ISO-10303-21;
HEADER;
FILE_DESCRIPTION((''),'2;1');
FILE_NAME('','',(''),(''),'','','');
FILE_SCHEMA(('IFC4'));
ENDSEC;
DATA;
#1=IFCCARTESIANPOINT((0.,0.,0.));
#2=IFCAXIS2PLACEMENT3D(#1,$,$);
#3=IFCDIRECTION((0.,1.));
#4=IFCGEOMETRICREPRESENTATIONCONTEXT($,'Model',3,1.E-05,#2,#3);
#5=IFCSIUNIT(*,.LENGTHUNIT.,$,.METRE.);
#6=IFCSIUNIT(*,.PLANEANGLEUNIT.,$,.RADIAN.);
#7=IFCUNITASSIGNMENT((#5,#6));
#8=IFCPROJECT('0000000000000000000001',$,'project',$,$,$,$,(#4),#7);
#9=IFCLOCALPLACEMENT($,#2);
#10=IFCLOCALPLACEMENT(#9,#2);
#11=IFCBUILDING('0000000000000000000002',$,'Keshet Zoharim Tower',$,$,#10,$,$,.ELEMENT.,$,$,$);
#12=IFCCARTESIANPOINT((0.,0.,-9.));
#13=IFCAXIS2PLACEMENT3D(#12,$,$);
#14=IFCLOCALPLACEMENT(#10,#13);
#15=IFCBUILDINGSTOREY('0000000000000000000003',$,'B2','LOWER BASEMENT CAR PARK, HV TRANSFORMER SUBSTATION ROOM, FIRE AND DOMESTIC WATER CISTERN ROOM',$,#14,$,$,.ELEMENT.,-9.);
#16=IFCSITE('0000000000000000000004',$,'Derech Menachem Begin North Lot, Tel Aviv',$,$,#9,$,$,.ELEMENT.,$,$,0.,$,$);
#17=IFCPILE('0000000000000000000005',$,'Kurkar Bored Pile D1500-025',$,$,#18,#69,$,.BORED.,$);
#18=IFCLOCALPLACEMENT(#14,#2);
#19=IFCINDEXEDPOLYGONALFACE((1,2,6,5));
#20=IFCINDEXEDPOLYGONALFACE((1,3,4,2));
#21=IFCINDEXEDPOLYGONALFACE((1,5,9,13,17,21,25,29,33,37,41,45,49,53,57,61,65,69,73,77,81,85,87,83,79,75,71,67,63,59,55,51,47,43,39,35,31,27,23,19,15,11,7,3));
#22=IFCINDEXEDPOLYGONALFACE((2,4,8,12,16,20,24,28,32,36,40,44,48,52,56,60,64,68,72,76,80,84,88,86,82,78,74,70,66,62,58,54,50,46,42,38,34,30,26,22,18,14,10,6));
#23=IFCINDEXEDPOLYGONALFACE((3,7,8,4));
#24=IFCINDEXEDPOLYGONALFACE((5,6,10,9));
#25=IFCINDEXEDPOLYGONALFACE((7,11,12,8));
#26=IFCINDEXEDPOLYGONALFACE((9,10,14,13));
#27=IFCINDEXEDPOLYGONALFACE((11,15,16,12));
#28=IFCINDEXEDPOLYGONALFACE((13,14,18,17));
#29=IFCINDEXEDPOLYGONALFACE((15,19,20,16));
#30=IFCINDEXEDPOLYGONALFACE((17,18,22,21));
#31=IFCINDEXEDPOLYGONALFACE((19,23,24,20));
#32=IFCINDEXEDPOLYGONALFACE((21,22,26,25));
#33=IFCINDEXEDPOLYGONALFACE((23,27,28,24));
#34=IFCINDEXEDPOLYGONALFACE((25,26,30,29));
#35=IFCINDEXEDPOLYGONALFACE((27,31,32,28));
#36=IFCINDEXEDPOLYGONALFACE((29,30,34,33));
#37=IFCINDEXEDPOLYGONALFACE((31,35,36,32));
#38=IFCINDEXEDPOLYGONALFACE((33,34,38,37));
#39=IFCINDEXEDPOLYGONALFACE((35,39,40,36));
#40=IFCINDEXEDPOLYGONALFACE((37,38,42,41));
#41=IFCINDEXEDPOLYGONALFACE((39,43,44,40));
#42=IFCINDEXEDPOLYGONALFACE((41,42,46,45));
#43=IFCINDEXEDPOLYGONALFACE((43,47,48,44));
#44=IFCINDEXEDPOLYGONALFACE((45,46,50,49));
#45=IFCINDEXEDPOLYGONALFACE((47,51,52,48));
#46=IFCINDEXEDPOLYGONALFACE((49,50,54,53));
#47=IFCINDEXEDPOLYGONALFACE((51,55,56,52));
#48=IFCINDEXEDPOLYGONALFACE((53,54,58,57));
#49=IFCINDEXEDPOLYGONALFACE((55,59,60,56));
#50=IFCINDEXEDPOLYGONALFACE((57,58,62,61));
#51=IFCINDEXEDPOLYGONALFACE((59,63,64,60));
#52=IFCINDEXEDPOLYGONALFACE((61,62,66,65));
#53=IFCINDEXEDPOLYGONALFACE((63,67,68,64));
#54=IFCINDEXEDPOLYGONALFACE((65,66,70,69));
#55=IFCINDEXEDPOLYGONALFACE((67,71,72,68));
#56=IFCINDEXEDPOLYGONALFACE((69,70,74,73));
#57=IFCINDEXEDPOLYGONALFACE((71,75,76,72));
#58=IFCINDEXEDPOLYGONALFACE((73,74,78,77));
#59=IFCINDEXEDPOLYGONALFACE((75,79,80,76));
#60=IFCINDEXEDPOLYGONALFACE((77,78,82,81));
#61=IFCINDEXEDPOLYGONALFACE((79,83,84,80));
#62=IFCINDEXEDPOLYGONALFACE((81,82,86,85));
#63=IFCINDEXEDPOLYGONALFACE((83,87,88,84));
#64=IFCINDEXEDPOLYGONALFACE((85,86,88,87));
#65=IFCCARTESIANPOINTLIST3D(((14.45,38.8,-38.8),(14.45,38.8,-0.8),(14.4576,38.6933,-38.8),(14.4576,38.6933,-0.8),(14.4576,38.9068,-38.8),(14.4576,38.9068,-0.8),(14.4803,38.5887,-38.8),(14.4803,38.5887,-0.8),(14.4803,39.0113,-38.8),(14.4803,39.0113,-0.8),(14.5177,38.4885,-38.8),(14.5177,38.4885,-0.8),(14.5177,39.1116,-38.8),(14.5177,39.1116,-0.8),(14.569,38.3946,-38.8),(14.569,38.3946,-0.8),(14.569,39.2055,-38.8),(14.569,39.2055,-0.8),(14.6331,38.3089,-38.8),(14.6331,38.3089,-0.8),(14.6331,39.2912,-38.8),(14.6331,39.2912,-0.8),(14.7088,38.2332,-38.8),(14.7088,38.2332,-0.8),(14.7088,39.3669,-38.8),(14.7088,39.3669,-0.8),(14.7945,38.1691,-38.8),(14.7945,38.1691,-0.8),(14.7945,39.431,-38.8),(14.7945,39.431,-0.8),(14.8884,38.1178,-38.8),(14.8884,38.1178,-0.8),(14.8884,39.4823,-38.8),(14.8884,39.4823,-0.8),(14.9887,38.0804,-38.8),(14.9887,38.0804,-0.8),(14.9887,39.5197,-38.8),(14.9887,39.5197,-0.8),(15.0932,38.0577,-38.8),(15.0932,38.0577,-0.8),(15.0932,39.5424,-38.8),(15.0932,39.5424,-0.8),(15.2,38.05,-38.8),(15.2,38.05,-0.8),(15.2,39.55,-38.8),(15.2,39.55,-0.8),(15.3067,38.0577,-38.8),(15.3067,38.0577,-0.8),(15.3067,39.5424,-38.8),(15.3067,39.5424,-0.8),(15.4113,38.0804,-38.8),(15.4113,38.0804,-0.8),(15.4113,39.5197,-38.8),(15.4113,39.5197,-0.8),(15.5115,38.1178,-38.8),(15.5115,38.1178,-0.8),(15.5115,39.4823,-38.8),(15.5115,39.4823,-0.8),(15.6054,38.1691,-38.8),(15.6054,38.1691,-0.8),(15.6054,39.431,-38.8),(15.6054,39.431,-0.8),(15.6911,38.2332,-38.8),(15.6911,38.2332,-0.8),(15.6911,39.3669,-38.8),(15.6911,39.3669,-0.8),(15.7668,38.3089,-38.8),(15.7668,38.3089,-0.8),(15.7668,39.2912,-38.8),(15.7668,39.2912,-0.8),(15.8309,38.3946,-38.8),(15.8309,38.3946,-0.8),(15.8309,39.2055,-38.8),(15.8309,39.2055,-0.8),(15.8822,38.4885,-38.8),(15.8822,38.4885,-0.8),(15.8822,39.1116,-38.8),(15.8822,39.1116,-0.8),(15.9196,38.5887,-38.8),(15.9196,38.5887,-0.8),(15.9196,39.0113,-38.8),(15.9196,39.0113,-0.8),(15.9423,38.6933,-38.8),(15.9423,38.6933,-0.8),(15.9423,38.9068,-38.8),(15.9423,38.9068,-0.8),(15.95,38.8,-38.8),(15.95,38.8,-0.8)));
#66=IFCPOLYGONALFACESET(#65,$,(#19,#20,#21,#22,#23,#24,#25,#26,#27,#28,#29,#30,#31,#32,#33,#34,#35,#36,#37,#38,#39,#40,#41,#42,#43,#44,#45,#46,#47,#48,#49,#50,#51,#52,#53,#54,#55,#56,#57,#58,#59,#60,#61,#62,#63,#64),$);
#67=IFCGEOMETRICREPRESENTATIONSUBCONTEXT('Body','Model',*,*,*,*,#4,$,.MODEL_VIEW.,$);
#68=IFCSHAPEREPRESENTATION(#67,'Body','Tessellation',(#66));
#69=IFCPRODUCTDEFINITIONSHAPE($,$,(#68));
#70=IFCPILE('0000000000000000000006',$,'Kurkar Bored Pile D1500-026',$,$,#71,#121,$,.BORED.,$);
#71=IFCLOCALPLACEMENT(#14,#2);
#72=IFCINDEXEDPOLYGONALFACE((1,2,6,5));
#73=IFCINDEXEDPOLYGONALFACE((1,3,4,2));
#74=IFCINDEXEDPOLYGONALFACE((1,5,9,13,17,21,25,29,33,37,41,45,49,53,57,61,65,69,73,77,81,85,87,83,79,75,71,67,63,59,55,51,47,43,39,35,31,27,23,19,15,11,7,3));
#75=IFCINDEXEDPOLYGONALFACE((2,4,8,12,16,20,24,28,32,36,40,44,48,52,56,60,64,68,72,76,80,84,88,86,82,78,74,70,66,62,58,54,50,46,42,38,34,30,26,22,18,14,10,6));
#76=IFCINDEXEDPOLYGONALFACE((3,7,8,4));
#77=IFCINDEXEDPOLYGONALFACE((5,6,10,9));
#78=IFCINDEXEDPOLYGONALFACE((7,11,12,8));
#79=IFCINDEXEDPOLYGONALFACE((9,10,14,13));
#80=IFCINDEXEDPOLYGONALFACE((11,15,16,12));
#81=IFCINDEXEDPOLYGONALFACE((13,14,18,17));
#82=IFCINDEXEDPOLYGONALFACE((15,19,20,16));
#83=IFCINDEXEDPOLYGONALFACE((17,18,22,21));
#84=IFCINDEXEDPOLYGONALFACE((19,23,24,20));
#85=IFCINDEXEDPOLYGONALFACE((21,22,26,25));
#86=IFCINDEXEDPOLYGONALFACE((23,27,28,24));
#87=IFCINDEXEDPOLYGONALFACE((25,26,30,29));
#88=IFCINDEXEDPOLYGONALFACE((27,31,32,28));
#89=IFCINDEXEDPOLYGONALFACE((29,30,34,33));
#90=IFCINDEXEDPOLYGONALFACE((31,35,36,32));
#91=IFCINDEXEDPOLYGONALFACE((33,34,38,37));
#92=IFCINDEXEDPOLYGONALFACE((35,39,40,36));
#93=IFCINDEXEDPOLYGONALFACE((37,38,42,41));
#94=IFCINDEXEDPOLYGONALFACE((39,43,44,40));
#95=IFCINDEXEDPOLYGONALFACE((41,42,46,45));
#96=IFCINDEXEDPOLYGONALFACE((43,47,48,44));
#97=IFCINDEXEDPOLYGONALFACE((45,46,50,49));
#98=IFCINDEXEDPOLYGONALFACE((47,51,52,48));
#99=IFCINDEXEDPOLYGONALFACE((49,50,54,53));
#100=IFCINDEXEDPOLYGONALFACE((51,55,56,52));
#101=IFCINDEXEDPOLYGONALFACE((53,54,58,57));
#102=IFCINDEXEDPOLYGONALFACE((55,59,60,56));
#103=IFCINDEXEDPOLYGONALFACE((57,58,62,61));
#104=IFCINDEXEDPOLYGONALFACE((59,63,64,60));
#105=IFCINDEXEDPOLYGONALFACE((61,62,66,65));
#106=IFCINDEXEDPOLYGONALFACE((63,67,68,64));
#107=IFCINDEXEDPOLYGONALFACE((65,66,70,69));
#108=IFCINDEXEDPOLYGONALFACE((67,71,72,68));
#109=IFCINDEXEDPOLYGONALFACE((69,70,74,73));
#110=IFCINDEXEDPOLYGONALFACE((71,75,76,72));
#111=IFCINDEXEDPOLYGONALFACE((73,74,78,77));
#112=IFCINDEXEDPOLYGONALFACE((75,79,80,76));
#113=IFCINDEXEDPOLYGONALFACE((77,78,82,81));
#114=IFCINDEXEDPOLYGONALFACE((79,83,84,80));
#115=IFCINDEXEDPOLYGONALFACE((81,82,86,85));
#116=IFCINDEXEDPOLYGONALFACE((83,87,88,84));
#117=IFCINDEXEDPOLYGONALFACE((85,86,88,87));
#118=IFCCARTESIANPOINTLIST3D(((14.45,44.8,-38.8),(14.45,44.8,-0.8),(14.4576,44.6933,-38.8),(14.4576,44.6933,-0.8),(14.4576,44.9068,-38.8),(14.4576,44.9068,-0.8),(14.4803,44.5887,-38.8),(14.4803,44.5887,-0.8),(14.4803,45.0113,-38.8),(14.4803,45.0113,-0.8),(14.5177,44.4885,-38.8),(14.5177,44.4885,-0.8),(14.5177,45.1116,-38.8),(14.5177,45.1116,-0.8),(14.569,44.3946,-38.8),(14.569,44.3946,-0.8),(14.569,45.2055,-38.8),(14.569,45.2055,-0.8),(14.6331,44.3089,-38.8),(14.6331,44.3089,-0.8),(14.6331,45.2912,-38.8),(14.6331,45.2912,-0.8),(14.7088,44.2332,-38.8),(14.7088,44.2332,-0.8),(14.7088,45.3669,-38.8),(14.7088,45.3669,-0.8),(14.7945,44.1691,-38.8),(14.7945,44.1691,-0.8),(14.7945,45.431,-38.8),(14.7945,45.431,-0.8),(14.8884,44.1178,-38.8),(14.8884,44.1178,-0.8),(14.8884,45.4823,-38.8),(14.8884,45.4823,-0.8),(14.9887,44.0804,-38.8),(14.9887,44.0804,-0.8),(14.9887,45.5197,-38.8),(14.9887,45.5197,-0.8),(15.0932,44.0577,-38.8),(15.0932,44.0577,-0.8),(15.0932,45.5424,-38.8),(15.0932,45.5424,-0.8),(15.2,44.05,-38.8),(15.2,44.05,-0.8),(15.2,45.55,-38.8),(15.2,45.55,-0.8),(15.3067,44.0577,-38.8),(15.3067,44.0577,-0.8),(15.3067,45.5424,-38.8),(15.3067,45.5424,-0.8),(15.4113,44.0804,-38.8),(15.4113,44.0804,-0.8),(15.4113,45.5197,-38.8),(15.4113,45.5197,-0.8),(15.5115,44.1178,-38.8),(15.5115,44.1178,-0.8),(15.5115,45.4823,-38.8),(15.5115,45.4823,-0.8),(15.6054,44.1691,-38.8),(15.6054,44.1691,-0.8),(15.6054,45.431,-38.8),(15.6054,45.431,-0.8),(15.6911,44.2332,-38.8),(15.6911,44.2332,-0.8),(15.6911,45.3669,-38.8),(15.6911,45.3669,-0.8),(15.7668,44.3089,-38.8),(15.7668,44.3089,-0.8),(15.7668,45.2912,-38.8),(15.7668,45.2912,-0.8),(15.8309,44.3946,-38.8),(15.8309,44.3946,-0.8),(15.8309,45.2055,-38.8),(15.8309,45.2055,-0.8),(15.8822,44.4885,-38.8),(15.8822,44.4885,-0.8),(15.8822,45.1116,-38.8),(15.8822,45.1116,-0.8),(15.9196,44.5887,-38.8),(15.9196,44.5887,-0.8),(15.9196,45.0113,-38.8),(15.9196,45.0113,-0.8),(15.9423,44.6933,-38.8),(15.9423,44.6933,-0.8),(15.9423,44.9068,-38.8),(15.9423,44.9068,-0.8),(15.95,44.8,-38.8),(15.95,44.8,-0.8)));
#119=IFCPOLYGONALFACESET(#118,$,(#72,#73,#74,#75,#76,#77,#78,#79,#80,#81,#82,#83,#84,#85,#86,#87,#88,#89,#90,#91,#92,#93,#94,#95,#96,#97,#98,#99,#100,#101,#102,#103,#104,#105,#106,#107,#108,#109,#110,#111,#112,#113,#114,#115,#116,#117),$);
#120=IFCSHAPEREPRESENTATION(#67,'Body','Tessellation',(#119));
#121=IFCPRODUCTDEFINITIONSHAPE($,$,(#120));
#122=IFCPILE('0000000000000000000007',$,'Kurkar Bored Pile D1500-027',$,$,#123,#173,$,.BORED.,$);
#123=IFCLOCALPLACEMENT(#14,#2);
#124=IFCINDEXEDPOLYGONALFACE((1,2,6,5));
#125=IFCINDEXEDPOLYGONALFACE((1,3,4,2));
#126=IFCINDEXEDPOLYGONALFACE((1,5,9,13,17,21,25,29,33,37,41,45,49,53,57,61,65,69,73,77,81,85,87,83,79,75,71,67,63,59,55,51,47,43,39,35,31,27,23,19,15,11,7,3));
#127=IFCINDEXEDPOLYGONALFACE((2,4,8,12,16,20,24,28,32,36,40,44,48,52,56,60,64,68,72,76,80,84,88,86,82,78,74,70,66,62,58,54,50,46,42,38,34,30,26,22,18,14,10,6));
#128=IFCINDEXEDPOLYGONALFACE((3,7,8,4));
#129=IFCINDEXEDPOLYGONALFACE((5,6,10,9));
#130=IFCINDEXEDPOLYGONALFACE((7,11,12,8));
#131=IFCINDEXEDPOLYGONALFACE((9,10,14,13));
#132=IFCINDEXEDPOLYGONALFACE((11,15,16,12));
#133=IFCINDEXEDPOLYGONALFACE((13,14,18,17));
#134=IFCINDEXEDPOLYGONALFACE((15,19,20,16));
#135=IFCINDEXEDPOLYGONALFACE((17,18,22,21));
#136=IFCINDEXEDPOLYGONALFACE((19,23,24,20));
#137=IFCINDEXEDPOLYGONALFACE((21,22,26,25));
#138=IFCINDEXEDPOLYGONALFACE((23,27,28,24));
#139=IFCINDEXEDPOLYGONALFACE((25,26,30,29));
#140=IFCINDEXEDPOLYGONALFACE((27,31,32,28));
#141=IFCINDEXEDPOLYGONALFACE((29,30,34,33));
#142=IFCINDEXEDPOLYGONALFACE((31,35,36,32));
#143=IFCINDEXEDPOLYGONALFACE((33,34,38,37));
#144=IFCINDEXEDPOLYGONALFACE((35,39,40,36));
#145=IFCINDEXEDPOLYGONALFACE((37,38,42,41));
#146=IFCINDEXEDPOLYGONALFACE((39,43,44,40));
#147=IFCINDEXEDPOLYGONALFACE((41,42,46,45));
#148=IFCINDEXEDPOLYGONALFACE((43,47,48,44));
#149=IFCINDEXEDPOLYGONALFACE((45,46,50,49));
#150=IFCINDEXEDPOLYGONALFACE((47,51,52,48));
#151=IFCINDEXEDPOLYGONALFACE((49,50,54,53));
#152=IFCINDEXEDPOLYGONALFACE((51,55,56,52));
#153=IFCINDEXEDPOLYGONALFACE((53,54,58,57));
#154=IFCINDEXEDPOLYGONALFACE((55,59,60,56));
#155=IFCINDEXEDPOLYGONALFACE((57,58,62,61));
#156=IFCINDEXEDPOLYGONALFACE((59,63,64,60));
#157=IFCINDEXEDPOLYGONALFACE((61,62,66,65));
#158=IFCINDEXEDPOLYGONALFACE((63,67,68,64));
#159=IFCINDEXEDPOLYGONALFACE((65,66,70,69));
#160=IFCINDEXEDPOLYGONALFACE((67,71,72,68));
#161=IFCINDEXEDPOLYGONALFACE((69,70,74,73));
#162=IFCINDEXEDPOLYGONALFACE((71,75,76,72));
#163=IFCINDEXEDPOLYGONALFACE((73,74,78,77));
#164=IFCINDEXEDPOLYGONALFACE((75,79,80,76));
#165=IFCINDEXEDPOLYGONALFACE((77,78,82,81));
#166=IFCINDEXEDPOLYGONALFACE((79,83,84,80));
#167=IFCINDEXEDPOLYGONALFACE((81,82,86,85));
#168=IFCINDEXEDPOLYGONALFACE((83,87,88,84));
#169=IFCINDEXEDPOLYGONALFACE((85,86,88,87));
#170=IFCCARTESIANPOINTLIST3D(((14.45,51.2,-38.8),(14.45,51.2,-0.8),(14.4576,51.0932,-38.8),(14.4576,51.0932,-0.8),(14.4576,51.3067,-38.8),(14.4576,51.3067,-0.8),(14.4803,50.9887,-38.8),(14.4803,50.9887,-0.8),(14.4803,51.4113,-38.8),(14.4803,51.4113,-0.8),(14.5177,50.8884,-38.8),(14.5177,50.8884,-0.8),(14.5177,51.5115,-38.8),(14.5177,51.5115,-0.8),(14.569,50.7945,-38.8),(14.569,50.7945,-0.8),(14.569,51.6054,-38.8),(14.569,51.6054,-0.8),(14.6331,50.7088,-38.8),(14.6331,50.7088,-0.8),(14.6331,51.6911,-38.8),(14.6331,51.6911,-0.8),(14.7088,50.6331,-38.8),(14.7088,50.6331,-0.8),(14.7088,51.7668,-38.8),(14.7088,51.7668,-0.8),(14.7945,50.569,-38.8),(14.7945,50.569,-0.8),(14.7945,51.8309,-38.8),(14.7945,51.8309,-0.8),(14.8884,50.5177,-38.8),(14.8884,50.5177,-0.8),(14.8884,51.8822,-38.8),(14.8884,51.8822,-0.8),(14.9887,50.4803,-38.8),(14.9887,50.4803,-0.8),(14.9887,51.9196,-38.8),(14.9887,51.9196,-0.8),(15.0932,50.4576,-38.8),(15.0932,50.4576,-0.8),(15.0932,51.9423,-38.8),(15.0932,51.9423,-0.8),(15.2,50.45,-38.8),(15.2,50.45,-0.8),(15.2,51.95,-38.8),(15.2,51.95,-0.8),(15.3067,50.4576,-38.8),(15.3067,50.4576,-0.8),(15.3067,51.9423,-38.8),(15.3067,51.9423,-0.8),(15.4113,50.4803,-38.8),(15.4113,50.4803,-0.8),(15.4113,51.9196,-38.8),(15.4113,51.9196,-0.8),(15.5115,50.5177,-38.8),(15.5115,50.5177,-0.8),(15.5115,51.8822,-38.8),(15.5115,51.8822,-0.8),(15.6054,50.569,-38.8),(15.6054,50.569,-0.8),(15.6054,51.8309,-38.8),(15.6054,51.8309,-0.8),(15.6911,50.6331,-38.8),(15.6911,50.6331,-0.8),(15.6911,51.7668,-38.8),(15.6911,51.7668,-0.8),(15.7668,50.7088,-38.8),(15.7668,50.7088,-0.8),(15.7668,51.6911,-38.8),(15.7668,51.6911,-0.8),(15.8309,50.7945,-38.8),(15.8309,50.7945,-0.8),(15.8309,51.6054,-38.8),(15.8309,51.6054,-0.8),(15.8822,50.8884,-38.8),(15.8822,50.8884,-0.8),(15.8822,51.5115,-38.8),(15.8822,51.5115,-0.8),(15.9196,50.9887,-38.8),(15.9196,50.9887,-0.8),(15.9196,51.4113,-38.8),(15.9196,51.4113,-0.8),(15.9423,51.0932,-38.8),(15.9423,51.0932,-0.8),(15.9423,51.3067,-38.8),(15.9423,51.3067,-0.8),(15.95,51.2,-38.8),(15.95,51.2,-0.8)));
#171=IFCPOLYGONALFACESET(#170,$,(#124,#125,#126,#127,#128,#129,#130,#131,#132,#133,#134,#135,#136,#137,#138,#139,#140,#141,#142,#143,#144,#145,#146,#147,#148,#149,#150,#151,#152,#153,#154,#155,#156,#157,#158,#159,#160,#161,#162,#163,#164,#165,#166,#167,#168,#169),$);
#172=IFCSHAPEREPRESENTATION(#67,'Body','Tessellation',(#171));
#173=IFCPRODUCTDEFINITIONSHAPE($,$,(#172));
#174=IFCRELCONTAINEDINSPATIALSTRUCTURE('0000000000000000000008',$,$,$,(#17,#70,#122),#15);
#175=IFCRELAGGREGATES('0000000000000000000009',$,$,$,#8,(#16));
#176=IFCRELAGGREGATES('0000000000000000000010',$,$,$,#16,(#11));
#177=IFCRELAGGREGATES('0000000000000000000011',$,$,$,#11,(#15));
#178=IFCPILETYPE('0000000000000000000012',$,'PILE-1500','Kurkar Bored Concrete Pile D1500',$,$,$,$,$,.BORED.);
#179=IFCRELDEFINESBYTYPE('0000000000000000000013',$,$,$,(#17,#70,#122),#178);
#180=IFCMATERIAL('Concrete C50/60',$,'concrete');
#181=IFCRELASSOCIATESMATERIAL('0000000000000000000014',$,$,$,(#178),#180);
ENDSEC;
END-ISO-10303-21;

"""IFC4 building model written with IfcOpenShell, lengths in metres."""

from ifc_helpers import new_model, si_unit, direction, frame, origin, origin_2d, place, context, subcontext, project, spatial, circle, extrude, material, material_profile, profile_set, type_object, element, save


model = new_model("IFC4")

# Units and contexts
model_context = context("Model", 3, precision=1e-05, world=origin(), true_north=direction((0.0, 1.0)))
body_context = subcontext(model_context, "Body", "Model", "MODEL_VIEW")
ifc_project = project(units=[si_unit("LENGTHUNIT", "METRE"), si_unit("PLANEANGLEUNIT", "RADIAN")], contexts=[model_context])

# Site, building, storey
site_placement = place(None, origin())
site = spatial("IfcSite", under=ifc_project, at=site_placement, Name="Derech Menachem Begin North Lot, Tel Aviv", CompositionType="ELEMENT", RefElevation=0.0)
building_placement = place(site_placement, origin())
building = spatial("IfcBuilding", under=site, at=building_placement, Name="Keshet Zoharim Tower", CompositionType="ELEMENT")
storey_placement = place(building_placement, frame((0.0, 0.0, -9.0)))
storey = spatial("IfcBuildingStorey", under=building, at=storey_placement, Name="B2", Description="LOWER BASEMENT CAR PARK, HV TRANSFORMER SUBSTATION ROOM, FIRE AND DOMESTIC WATER CISTERN ROOM", CompositionType="ELEMENT", Elevation=-9.0)

# Piles
ifc_material_1 = material(Name="Concrete C50/60", Category="concrete")
ifc_material_profile_1 = material_profile(ifc_material_1, circle(Radius=0.75, at=origin_2d()), Name="PILE-D1500")
ifc_profile_set_1 = profile_set([ifc_material_profile_1], Name="Concrete C50/60")
pile_type = type_object("IfcPileType", Name="PILE-1500", Description="Kurkar Bored Concrete Pile D1500", PredefinedType="BORED", material=ifc_profile_set_1)
for number, where, z_axis, x_axis, name in (
    (1, (15.2, 38.8, -0.8), (0.0, 0.0, -1.0), (1.0, 0.0, 0.0), "Kurkar Bored Pile D1500-025"),
    (2, (15.2, 44.8, -0.8), (0.0, 0.0, -1.0), (1.0, 0.0, 0.0), "Kurkar Bored Pile D1500-026"),
    (3, (15.2, 51.2, -0.8), (0.0, 0.0, -1.0), (1.0, 0.0, 0.0), "Kurkar Bored Pile D1500-027"),
):
    element("IfcPile", number, at=place(storey_placement, frame(where, z_axis=z_axis, x_axis=x_axis)), inside=storey, type_object=pile_type, Name=name, PredefinedType="BORED", context=body_context, shape_type="SweptSolid", body=[
        extrude(circle(Radius=0.75, at=origin_2d()), origin(), (0.0, 0.0, 1.0), 38.0),
    ])

save(model, "model.ifc")
